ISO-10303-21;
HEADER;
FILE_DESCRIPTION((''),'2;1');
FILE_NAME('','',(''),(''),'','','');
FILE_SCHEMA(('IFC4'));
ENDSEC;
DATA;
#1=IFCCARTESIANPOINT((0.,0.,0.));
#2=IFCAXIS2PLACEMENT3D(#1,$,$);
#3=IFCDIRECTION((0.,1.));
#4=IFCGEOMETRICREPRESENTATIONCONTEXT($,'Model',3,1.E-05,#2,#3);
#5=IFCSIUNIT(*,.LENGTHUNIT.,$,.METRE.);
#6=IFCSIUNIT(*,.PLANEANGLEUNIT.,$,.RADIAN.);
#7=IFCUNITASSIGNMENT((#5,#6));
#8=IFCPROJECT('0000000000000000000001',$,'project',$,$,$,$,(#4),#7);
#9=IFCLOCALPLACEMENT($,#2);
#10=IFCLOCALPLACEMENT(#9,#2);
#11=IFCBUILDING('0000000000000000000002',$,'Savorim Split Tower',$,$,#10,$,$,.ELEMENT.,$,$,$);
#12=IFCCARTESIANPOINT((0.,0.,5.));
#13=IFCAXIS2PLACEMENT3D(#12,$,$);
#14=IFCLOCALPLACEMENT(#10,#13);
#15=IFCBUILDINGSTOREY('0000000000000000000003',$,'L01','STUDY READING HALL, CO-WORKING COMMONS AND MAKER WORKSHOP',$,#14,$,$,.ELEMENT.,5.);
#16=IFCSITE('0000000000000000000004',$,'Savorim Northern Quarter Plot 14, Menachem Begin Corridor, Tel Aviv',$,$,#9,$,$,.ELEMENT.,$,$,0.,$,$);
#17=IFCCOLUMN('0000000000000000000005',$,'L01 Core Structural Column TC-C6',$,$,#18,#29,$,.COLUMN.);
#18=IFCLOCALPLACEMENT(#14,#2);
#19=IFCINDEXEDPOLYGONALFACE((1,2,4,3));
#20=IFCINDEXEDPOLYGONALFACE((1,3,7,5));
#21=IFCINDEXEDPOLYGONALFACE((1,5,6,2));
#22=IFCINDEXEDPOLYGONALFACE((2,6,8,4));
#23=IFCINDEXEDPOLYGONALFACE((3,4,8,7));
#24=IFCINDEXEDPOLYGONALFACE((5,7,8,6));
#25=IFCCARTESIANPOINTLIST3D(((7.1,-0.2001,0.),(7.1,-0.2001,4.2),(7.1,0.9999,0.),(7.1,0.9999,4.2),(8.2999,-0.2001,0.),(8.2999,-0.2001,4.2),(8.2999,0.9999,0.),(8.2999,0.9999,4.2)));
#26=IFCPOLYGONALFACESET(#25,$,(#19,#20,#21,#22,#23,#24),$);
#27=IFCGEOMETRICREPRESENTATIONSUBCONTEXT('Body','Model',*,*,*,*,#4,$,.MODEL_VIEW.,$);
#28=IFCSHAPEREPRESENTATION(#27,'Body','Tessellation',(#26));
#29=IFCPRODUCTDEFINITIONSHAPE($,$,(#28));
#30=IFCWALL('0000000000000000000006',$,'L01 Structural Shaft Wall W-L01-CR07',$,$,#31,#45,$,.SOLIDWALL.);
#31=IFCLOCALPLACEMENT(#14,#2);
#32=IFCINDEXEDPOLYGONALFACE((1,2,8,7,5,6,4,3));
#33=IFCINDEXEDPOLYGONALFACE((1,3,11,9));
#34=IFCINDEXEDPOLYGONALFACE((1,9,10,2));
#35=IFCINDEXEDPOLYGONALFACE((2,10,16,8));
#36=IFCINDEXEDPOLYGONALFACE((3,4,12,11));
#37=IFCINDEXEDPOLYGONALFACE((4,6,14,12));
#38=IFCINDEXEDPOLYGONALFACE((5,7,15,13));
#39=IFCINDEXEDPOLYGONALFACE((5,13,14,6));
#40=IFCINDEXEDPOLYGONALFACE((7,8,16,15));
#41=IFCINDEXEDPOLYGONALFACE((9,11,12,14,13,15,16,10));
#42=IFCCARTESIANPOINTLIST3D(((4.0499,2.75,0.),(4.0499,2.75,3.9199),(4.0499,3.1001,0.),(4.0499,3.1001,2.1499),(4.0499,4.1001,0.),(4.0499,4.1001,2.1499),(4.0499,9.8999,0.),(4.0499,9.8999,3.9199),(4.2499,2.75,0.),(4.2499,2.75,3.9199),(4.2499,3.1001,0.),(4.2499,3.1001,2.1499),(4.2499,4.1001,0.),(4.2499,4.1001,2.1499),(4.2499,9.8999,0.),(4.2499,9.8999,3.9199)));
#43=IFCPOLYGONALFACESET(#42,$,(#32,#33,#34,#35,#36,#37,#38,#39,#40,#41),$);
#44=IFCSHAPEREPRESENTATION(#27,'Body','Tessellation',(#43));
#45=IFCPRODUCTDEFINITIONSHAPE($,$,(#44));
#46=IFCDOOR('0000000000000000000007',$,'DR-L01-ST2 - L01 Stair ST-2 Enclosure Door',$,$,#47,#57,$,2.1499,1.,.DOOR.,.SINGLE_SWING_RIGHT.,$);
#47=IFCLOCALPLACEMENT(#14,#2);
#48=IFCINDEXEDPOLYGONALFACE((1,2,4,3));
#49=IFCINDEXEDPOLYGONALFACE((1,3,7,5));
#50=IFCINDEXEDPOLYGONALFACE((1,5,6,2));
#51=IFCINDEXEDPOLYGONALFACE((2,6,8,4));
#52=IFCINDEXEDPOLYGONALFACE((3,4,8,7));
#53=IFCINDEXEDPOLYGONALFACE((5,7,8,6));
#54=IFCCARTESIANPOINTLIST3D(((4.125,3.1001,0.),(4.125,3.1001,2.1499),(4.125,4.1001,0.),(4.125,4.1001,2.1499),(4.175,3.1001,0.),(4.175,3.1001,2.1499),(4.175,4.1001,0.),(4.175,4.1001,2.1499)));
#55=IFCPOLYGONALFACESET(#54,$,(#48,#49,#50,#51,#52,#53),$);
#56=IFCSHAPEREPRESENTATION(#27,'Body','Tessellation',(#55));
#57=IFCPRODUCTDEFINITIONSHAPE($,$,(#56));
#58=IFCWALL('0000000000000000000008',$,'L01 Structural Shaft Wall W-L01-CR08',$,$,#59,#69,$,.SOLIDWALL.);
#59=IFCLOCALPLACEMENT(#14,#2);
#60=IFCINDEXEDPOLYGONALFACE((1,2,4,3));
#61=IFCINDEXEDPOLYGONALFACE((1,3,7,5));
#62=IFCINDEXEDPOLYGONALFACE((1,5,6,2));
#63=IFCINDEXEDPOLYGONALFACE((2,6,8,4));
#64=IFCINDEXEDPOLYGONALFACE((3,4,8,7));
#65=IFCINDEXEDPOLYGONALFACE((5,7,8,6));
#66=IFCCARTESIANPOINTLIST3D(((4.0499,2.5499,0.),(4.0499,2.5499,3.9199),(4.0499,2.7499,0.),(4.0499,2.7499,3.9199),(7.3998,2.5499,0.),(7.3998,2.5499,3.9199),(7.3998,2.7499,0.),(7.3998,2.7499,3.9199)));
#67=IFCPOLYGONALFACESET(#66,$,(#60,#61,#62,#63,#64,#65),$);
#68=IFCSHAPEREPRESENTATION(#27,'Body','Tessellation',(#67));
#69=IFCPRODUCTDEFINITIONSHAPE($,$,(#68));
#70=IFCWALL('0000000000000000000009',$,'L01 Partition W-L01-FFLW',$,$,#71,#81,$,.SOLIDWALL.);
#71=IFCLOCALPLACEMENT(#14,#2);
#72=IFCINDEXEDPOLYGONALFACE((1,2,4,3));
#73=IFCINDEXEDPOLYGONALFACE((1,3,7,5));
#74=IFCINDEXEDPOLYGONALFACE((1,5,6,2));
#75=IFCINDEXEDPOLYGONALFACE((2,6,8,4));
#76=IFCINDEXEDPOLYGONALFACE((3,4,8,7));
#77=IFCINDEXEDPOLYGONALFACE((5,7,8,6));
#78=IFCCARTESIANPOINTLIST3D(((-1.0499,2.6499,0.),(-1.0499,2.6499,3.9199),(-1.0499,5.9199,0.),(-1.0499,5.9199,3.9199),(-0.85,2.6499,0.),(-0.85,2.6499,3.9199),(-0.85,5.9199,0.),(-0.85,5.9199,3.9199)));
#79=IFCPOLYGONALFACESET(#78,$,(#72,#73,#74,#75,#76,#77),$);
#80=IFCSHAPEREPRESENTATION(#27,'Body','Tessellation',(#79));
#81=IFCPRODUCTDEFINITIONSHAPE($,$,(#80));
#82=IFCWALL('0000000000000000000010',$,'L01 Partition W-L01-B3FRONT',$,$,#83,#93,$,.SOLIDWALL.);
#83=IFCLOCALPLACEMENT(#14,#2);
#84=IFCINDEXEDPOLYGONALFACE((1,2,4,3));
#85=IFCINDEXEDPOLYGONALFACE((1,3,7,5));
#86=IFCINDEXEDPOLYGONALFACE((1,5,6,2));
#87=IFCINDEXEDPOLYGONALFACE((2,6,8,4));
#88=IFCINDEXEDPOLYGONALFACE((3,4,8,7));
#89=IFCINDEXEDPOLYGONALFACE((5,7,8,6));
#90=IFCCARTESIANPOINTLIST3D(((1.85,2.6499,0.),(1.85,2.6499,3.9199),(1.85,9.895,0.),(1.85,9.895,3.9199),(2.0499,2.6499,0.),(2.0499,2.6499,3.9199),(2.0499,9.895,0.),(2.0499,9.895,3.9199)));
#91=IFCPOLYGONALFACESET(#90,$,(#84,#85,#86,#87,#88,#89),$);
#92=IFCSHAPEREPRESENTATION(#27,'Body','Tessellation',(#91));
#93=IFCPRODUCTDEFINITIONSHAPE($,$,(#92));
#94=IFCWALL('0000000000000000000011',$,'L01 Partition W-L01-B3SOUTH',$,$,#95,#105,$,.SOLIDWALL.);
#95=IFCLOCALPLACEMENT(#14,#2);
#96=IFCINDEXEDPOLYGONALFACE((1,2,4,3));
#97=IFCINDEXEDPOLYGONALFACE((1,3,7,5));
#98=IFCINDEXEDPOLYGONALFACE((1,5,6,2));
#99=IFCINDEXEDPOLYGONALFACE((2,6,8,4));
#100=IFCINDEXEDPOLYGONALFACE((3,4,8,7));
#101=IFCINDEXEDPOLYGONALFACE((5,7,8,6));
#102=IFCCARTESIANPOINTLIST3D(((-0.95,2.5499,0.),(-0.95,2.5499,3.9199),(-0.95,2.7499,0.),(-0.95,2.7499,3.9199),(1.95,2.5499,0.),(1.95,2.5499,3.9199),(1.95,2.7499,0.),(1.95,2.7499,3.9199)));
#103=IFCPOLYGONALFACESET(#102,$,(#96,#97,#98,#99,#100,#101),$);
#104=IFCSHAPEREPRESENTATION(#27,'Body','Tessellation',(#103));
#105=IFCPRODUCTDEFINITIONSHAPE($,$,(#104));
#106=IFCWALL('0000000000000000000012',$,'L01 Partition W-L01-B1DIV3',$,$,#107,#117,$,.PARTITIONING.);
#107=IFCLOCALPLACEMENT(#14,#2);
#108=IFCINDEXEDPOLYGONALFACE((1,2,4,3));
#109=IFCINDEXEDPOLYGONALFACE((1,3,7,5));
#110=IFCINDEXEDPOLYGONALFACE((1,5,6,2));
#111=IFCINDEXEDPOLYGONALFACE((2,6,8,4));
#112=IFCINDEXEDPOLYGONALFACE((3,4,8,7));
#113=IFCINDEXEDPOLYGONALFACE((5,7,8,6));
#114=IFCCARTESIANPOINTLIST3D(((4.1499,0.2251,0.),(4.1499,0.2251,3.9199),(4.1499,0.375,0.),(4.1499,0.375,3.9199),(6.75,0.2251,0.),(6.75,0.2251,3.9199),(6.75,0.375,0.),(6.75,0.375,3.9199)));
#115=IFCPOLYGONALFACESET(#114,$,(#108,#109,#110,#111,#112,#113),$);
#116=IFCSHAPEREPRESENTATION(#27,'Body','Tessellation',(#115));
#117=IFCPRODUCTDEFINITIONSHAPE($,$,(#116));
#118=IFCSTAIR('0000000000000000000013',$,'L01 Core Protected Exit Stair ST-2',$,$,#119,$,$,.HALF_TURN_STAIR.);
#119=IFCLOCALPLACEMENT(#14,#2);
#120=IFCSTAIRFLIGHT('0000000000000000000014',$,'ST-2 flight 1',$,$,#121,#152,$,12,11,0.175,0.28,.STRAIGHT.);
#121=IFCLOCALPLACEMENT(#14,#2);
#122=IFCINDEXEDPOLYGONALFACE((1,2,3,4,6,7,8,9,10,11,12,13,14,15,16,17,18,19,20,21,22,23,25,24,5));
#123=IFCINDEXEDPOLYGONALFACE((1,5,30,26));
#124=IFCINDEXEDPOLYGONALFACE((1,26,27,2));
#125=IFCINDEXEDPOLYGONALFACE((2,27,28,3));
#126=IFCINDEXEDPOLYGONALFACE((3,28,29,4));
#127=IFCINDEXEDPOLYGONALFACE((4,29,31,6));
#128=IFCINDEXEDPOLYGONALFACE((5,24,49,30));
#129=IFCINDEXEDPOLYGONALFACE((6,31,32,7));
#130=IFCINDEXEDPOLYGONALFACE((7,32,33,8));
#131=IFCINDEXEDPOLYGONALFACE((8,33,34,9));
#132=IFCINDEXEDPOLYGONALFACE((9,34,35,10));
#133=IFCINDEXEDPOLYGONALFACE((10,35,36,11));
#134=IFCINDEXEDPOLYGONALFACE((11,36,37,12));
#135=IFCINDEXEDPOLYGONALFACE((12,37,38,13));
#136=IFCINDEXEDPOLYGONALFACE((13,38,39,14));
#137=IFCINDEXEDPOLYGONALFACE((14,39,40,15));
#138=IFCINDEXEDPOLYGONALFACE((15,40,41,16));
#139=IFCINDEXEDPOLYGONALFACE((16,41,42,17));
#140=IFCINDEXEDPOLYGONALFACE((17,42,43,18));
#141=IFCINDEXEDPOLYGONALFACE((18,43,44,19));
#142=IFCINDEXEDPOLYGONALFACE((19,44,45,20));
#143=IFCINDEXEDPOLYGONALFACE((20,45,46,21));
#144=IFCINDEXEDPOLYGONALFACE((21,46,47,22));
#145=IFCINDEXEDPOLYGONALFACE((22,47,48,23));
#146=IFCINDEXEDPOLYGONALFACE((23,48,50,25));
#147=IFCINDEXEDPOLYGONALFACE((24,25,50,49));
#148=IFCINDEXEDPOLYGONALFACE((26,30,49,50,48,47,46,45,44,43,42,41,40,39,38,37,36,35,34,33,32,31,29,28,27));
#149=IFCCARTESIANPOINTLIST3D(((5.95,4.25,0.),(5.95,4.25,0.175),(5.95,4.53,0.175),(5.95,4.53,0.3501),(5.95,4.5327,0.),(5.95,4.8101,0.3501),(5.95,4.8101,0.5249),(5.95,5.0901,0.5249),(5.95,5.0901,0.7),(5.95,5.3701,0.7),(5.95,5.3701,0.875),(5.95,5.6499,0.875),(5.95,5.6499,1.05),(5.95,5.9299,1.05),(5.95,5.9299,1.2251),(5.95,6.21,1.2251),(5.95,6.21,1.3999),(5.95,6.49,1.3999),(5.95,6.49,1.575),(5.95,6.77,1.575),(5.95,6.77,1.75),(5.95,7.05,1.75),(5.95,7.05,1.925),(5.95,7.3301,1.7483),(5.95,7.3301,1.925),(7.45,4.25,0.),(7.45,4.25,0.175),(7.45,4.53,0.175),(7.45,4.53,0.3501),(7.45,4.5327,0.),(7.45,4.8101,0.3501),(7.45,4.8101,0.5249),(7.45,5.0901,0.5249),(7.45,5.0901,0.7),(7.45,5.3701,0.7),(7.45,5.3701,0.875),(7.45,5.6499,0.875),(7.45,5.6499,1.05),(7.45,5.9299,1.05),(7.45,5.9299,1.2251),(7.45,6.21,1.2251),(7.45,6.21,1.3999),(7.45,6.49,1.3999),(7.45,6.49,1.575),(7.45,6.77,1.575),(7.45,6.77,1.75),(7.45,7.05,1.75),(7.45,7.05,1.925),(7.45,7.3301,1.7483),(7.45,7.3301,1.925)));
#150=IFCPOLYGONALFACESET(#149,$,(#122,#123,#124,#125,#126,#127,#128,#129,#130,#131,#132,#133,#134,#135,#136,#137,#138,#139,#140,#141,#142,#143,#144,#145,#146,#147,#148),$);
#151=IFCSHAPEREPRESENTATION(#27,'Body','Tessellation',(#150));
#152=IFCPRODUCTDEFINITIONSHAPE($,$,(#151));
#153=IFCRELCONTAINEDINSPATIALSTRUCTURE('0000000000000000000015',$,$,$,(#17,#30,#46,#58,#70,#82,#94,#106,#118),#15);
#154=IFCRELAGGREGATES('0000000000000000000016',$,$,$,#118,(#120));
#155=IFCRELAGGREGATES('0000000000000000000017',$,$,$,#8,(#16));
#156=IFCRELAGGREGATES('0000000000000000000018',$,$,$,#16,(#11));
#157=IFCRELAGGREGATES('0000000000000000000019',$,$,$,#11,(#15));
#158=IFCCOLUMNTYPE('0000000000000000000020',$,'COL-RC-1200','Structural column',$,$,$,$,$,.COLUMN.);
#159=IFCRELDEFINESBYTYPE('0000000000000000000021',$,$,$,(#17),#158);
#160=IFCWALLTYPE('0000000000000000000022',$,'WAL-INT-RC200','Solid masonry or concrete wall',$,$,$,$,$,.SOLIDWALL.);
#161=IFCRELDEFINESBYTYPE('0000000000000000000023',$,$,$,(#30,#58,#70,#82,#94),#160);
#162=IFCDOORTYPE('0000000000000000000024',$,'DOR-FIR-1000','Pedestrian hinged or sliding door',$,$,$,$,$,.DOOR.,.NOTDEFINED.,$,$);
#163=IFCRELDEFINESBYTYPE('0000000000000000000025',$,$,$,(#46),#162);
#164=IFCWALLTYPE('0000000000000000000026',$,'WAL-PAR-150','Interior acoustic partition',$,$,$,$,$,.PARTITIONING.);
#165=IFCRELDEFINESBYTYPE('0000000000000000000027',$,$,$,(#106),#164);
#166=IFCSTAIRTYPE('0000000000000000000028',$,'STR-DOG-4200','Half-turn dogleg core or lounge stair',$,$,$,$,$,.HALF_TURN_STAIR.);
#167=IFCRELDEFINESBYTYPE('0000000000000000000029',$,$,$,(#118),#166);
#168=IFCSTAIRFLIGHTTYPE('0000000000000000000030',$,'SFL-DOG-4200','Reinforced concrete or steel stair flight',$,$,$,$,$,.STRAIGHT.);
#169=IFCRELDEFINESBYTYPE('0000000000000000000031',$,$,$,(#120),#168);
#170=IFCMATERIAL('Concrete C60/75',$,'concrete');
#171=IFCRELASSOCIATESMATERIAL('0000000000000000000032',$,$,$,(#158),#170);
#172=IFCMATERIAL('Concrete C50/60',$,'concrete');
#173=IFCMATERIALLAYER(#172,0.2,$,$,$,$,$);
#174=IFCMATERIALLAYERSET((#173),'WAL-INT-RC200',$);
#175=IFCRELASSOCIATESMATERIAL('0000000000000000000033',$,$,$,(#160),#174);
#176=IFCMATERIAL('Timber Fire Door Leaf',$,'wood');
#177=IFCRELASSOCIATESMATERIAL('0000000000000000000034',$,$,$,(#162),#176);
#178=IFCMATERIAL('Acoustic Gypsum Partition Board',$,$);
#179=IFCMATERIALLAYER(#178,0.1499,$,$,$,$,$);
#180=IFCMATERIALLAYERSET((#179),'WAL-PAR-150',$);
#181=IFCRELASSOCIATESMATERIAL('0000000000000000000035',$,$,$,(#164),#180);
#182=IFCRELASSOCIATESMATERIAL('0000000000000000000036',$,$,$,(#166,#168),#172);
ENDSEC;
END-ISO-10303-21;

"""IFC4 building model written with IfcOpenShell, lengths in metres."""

from ifc_helpers import new_model, si_unit, direction, frame, frame_2d, origin, origin_2d, place, context, subcontext, project, spatial, polyline, rectangle, outline, extrude, material, layer, layer_set, material_profile, profile_set, type_object, element, fill, aggregate, save


model = new_model("IFC4")

# Units and contexts
model_context = context("Model", 3, precision=1e-05, world=origin(), true_north=direction((0.0, 1.0)))
body_context = subcontext(model_context, "Body", "Model", "MODEL_VIEW")
ifc_project = project(units=[si_unit("LENGTHUNIT", "METRE"), si_unit("PLANEANGLEUNIT", "RADIAN")], contexts=[model_context])

# Site, building, storey
site_placement = place(None, origin())
site = spatial("IfcSite", under=ifc_project, at=site_placement, Name="Savorim Northern Quarter Plot 14, Menachem Begin Corridor, Tel Aviv", CompositionType="ELEMENT", RefElevation=0.0)
building_placement = place(site_placement, origin())
building = spatial("IfcBuilding", under=site, at=building_placement, Name="Savorim Split Tower", CompositionType="ELEMENT")
storey_placement = place(building_placement, frame((0.0, 0.0, 5.0)))
storey = spatial("IfcBuildingStorey", under=building, at=storey_placement, Name="L01", Description="STUDY READING HALL, CO-WORKING COMMONS AND MAKER WORKSHOP", CompositionType="ELEMENT", Elevation=5.0)

# Column
ifc_material_1 = material(Name="Concrete C60/75", Category="concrete")
ifc_material_profile = material_profile(ifc_material_1, rectangle(XDim=1.2, YDim=1.2, at=origin_2d()), Name="RC 1200x1200")
ifc_profile_set = profile_set([ifc_material_profile], Name="Concrete C60/75")
column_type = type_object("IfcColumnType", Name="COL-RC-1200", Description="Structural column", PredefinedType="COLUMN", material=ifc_profile_set)
column_placement = place(storey_placement, frame((7.7, 0.3999, 0.0), z_axis=(0.0, 0.0, 1.0), x_axis=(1.0, 0.0, 0.0)))
element("IfcColumn", 1, at=column_placement, inside=storey, type_object=column_type, Name="L01 Core Structural Column TC-C6", PredefinedType="COLUMN", context=body_context, shape_type="SweptSolid", body=[
    extrude(rectangle(XDim=1.2, YDim=1.2, at=origin_2d()), origin(), (0.0, 0.0, 1.0), 4.2),
])

# Wall, opening, door
ifc_material_2 = material(Name="Concrete C50/60", Category="concrete")
ifc_layer_1 = layer(ifc_material_2, 0.2)
ifc_layer_set_1 = layer_set([ifc_layer_1], Name="WAL-INT-RC200")
wall_type_1 = type_object("IfcWallType", Name="WAL-INT-RC200", Description="Solid masonry or concrete wall", PredefinedType="SOLIDWALL", material=ifc_layer_set_1)
wall_1_placement = place(storey_placement, frame((4.1499, 2.75, 0.0), z_axis=(0.0, 0.0, 1.0), x_axis=(0.0, 1.0, 0.0)))
wall_1 = element("IfcWall", 2, at=wall_1_placement, inside=storey, type_object=wall_type_1, Name="L01 Structural Shaft Wall W-L01-CR07", PredefinedType="SOLIDWALL", context=body_context, shape_type="SweptSolid", body=[
    extrude(rectangle(XDim=7.1499, YDim=0.2, at=frame_2d((3.575, 0.0))), origin(), (0.0, 0.0, 1.0), 3.9199),
])
opening_placement = place(wall_1_placement, frame((0.3501, 0.0, 0.0)))
opening = element("IfcOpeningElement", 3, at=opening_placement, cuts=wall_1, PredefinedType="OPENING", context=body_context, shape_type="SweptSolid", body=[
    extrude(rectangle(XDim=1.0, YDim=2.1499, at=frame_2d((0.5, 1.075))), frame((0.0, 0.1099, 0.0), z_axis=(0.0, -1.0, 0.0), x_axis=(1.0, 0.0, 0.0)), (0.0, 0.0, 1.0), 0.22),
])
ifc_material_3 = material(Name="Timber Fire Door Leaf", Category="wood")
door_type = type_object("IfcDoorType", Name="DOR-FIR-1000", Description="Pedestrian hinged or sliding door", OperationType="NOTDEFINED", PredefinedType="DOOR", material=ifc_material_3)
door_placement = place(opening_placement, origin())
door = element("IfcDoor", 4, at=door_placement, inside=storey, type_object=door_type, Name="DR-L01-ST2 - L01 Stair ST-2 Enclosure Door", OperationType="SINGLE_SWING_RIGHT", OverallHeight=2.1499, OverallWidth=1.0, PredefinedType="DOOR", context=body_context, shape_type="SweptSolid", body=[
    extrude(rectangle(XDim=1.0, YDim=2.1499, at=frame_2d((0.5, 1.075))), frame((0.0, 0.0249, 0.0), z_axis=(0.0, -1.0, 0.0), x_axis=(1.0, 0.0, 0.0)), (0.0, 0.0, 1.0), 0.05),
])
fill(opening, door)

# Walls
wall_2_placement = place(storey_placement, frame((4.05, 2.6499, 0.0), z_axis=(0.0, 0.0, 1.0), x_axis=(1.0, 0.0, 0.0)))
element("IfcWall", 5, at=wall_2_placement, inside=storey, type_object=wall_type_1, Name="L01 Structural Shaft Wall W-L01-CR08", PredefinedType="SOLIDWALL", context=body_context, shape_type="SweptSolid", body=[
    extrude(rectangle(XDim=3.3499, YDim=0.2, at=frame_2d((1.6748, 0.0))), origin(), (0.0, 0.0, 1.0), 3.9199),
])
wall_3_placement = place(storey_placement, frame((-0.95, 2.6499, 0.0), z_axis=(0.0, 0.0, 1.0), x_axis=(0.0, 1.0, 0.0)))
element("IfcWall", 6, at=wall_3_placement, inside=storey, type_object=wall_type_1, Name="L01 Partition W-L01-FFLW", PredefinedType="SOLIDWALL", context=body_context, shape_type="SweptSolid", body=[
    extrude(rectangle(XDim=3.27, YDim=0.2, at=frame_2d((1.635, 0.0))), origin(), (0.0, 0.0, 1.0), 3.9199),
])
wall_4_placement = place(storey_placement, frame((1.95, 2.6499, 0.0), z_axis=(0.0, 0.0, 1.0), x_axis=(0.0, 1.0, 0.0)))
element("IfcWall", 7, at=wall_4_placement, inside=storey, type_object=wall_type_1, Name="L01 Partition W-L01-B3FRONT", PredefinedType="SOLIDWALL", context=body_context, shape_type="SweptSolid", body=[
    extrude(rectangle(XDim=7.2451, YDim=0.2, at=frame_2d((3.6226, 0.0))), origin(), (0.0, 0.0, 1.0), 3.9199),
])
wall_5_placement = place(storey_placement, frame((-0.95, 2.6499, 0.0), z_axis=(0.0, 0.0, 1.0), x_axis=(1.0, 0.0, 0.0)))
element("IfcWall", 8, at=wall_5_placement, inside=storey, type_object=wall_type_1, Name="L01 Partition W-L01-B3SOUTH", PredefinedType="SOLIDWALL", context=body_context, shape_type="SweptSolid", body=[
    extrude(rectangle(XDim=2.8999, YDim=0.2, at=frame_2d((1.45, 0.0))), origin(), (0.0, 0.0, 1.0), 3.9199),
])
ifc_material_4 = material(Name="Acoustic Gypsum Partition Board")
ifc_layer_2 = layer(ifc_material_4, 0.1499)
ifc_layer_set_2 = layer_set([ifc_layer_2], Name="WAL-PAR-150")
wall_type_2 = type_object("IfcWallType", Name="WAL-PAR-150", Description="Interior acoustic partition", PredefinedType="PARTITIONING", material=ifc_layer_set_2)
wall_6_placement = place(storey_placement, frame((4.1499, 0.3, 0.0), z_axis=(0.0, 0.0, 1.0), x_axis=(1.0, 0.0, 0.0)))
element("IfcWall", 9, at=wall_6_placement, inside=storey, type_object=wall_type_2, Name="L01 Partition W-L01-B1DIV3", PredefinedType="PARTITIONING", context=body_context, shape_type="SweptSolid", body=[
    extrude(rectangle(XDim=2.6001, YDim=0.1499, at=frame_2d((1.3, 0.0))), origin(), (0.0, 0.0, 1.0), 3.9199),
])

# Stair, stair flight
stair_type = type_object("IfcStairType", Name="STR-DOG-4200", Description="Half-turn dogleg core or lounge stair", PredefinedType="HALF_TURN_STAIR", material=ifc_material_2)
stair_placement = place(storey_placement, origin())
stair = element("IfcStair", 10, at=stair_placement, inside=storey, type_object=stair_type, Name="L01 Core Protected Exit Stair ST-2", PredefinedType="HALF_TURN_STAIR")
stair_flight_type = type_object("IfcStairFlightType", Name="SFL-DOG-4200", Description="Reinforced concrete or steel stair flight", PredefinedType="STRAIGHT", material=ifc_material_2)
stair_flight_placement = place(storey_placement, frame((6.7, 4.25, 0.0), z_axis=(0.0, 0.0, 1.0), x_axis=(0.0, 1.0, 0.0)))
stair_flight = element("IfcStairFlight", 11, at=stair_flight_placement, type_object=stair_flight_type, Name="ST-2 flight 1", NumberOfRisers=12, NumberOfTreads=11, PredefinedType="STRAIGHT", RiserHeight=0.175, TreadLength=0.28, context=body_context, shape_type="SweptSolid", body=[
    extrude(outline(polyline([(0.0, 0.0), (0.0, 0.175), (0.28, 0.175), (0.28, 0.3501), (0.5601, 0.3501), (0.5601, 0.5249), (0.8401, 0.5249), (0.8401, 0.7), (1.1201, 0.7), (1.1201, 0.875), (1.3999, 0.875), (1.3999, 1.05), (1.6799, 1.05), (1.6799, 1.2251), (1.96, 1.2251), (1.96, 1.3999), (2.24, 1.3999), (2.24, 1.575), (2.52, 1.575), (2.52, 1.75), (2.8, 1.75), (2.8, 1.925), (3.0801, 1.925), (3.0801, 2.1001), (3.0801, 1.7483), (0.2827, 0.0), (0.0, 0.0)])), frame((0.0, 0.75, 0.0), z_axis=(0.0, -1.0, 0.0), x_axis=(1.0, 0.0, 0.0)), (0.0, 0.0, 1.0), 1.5),
])
aggregate(stair, [stair_flight])

save(model, "model.ifc")
